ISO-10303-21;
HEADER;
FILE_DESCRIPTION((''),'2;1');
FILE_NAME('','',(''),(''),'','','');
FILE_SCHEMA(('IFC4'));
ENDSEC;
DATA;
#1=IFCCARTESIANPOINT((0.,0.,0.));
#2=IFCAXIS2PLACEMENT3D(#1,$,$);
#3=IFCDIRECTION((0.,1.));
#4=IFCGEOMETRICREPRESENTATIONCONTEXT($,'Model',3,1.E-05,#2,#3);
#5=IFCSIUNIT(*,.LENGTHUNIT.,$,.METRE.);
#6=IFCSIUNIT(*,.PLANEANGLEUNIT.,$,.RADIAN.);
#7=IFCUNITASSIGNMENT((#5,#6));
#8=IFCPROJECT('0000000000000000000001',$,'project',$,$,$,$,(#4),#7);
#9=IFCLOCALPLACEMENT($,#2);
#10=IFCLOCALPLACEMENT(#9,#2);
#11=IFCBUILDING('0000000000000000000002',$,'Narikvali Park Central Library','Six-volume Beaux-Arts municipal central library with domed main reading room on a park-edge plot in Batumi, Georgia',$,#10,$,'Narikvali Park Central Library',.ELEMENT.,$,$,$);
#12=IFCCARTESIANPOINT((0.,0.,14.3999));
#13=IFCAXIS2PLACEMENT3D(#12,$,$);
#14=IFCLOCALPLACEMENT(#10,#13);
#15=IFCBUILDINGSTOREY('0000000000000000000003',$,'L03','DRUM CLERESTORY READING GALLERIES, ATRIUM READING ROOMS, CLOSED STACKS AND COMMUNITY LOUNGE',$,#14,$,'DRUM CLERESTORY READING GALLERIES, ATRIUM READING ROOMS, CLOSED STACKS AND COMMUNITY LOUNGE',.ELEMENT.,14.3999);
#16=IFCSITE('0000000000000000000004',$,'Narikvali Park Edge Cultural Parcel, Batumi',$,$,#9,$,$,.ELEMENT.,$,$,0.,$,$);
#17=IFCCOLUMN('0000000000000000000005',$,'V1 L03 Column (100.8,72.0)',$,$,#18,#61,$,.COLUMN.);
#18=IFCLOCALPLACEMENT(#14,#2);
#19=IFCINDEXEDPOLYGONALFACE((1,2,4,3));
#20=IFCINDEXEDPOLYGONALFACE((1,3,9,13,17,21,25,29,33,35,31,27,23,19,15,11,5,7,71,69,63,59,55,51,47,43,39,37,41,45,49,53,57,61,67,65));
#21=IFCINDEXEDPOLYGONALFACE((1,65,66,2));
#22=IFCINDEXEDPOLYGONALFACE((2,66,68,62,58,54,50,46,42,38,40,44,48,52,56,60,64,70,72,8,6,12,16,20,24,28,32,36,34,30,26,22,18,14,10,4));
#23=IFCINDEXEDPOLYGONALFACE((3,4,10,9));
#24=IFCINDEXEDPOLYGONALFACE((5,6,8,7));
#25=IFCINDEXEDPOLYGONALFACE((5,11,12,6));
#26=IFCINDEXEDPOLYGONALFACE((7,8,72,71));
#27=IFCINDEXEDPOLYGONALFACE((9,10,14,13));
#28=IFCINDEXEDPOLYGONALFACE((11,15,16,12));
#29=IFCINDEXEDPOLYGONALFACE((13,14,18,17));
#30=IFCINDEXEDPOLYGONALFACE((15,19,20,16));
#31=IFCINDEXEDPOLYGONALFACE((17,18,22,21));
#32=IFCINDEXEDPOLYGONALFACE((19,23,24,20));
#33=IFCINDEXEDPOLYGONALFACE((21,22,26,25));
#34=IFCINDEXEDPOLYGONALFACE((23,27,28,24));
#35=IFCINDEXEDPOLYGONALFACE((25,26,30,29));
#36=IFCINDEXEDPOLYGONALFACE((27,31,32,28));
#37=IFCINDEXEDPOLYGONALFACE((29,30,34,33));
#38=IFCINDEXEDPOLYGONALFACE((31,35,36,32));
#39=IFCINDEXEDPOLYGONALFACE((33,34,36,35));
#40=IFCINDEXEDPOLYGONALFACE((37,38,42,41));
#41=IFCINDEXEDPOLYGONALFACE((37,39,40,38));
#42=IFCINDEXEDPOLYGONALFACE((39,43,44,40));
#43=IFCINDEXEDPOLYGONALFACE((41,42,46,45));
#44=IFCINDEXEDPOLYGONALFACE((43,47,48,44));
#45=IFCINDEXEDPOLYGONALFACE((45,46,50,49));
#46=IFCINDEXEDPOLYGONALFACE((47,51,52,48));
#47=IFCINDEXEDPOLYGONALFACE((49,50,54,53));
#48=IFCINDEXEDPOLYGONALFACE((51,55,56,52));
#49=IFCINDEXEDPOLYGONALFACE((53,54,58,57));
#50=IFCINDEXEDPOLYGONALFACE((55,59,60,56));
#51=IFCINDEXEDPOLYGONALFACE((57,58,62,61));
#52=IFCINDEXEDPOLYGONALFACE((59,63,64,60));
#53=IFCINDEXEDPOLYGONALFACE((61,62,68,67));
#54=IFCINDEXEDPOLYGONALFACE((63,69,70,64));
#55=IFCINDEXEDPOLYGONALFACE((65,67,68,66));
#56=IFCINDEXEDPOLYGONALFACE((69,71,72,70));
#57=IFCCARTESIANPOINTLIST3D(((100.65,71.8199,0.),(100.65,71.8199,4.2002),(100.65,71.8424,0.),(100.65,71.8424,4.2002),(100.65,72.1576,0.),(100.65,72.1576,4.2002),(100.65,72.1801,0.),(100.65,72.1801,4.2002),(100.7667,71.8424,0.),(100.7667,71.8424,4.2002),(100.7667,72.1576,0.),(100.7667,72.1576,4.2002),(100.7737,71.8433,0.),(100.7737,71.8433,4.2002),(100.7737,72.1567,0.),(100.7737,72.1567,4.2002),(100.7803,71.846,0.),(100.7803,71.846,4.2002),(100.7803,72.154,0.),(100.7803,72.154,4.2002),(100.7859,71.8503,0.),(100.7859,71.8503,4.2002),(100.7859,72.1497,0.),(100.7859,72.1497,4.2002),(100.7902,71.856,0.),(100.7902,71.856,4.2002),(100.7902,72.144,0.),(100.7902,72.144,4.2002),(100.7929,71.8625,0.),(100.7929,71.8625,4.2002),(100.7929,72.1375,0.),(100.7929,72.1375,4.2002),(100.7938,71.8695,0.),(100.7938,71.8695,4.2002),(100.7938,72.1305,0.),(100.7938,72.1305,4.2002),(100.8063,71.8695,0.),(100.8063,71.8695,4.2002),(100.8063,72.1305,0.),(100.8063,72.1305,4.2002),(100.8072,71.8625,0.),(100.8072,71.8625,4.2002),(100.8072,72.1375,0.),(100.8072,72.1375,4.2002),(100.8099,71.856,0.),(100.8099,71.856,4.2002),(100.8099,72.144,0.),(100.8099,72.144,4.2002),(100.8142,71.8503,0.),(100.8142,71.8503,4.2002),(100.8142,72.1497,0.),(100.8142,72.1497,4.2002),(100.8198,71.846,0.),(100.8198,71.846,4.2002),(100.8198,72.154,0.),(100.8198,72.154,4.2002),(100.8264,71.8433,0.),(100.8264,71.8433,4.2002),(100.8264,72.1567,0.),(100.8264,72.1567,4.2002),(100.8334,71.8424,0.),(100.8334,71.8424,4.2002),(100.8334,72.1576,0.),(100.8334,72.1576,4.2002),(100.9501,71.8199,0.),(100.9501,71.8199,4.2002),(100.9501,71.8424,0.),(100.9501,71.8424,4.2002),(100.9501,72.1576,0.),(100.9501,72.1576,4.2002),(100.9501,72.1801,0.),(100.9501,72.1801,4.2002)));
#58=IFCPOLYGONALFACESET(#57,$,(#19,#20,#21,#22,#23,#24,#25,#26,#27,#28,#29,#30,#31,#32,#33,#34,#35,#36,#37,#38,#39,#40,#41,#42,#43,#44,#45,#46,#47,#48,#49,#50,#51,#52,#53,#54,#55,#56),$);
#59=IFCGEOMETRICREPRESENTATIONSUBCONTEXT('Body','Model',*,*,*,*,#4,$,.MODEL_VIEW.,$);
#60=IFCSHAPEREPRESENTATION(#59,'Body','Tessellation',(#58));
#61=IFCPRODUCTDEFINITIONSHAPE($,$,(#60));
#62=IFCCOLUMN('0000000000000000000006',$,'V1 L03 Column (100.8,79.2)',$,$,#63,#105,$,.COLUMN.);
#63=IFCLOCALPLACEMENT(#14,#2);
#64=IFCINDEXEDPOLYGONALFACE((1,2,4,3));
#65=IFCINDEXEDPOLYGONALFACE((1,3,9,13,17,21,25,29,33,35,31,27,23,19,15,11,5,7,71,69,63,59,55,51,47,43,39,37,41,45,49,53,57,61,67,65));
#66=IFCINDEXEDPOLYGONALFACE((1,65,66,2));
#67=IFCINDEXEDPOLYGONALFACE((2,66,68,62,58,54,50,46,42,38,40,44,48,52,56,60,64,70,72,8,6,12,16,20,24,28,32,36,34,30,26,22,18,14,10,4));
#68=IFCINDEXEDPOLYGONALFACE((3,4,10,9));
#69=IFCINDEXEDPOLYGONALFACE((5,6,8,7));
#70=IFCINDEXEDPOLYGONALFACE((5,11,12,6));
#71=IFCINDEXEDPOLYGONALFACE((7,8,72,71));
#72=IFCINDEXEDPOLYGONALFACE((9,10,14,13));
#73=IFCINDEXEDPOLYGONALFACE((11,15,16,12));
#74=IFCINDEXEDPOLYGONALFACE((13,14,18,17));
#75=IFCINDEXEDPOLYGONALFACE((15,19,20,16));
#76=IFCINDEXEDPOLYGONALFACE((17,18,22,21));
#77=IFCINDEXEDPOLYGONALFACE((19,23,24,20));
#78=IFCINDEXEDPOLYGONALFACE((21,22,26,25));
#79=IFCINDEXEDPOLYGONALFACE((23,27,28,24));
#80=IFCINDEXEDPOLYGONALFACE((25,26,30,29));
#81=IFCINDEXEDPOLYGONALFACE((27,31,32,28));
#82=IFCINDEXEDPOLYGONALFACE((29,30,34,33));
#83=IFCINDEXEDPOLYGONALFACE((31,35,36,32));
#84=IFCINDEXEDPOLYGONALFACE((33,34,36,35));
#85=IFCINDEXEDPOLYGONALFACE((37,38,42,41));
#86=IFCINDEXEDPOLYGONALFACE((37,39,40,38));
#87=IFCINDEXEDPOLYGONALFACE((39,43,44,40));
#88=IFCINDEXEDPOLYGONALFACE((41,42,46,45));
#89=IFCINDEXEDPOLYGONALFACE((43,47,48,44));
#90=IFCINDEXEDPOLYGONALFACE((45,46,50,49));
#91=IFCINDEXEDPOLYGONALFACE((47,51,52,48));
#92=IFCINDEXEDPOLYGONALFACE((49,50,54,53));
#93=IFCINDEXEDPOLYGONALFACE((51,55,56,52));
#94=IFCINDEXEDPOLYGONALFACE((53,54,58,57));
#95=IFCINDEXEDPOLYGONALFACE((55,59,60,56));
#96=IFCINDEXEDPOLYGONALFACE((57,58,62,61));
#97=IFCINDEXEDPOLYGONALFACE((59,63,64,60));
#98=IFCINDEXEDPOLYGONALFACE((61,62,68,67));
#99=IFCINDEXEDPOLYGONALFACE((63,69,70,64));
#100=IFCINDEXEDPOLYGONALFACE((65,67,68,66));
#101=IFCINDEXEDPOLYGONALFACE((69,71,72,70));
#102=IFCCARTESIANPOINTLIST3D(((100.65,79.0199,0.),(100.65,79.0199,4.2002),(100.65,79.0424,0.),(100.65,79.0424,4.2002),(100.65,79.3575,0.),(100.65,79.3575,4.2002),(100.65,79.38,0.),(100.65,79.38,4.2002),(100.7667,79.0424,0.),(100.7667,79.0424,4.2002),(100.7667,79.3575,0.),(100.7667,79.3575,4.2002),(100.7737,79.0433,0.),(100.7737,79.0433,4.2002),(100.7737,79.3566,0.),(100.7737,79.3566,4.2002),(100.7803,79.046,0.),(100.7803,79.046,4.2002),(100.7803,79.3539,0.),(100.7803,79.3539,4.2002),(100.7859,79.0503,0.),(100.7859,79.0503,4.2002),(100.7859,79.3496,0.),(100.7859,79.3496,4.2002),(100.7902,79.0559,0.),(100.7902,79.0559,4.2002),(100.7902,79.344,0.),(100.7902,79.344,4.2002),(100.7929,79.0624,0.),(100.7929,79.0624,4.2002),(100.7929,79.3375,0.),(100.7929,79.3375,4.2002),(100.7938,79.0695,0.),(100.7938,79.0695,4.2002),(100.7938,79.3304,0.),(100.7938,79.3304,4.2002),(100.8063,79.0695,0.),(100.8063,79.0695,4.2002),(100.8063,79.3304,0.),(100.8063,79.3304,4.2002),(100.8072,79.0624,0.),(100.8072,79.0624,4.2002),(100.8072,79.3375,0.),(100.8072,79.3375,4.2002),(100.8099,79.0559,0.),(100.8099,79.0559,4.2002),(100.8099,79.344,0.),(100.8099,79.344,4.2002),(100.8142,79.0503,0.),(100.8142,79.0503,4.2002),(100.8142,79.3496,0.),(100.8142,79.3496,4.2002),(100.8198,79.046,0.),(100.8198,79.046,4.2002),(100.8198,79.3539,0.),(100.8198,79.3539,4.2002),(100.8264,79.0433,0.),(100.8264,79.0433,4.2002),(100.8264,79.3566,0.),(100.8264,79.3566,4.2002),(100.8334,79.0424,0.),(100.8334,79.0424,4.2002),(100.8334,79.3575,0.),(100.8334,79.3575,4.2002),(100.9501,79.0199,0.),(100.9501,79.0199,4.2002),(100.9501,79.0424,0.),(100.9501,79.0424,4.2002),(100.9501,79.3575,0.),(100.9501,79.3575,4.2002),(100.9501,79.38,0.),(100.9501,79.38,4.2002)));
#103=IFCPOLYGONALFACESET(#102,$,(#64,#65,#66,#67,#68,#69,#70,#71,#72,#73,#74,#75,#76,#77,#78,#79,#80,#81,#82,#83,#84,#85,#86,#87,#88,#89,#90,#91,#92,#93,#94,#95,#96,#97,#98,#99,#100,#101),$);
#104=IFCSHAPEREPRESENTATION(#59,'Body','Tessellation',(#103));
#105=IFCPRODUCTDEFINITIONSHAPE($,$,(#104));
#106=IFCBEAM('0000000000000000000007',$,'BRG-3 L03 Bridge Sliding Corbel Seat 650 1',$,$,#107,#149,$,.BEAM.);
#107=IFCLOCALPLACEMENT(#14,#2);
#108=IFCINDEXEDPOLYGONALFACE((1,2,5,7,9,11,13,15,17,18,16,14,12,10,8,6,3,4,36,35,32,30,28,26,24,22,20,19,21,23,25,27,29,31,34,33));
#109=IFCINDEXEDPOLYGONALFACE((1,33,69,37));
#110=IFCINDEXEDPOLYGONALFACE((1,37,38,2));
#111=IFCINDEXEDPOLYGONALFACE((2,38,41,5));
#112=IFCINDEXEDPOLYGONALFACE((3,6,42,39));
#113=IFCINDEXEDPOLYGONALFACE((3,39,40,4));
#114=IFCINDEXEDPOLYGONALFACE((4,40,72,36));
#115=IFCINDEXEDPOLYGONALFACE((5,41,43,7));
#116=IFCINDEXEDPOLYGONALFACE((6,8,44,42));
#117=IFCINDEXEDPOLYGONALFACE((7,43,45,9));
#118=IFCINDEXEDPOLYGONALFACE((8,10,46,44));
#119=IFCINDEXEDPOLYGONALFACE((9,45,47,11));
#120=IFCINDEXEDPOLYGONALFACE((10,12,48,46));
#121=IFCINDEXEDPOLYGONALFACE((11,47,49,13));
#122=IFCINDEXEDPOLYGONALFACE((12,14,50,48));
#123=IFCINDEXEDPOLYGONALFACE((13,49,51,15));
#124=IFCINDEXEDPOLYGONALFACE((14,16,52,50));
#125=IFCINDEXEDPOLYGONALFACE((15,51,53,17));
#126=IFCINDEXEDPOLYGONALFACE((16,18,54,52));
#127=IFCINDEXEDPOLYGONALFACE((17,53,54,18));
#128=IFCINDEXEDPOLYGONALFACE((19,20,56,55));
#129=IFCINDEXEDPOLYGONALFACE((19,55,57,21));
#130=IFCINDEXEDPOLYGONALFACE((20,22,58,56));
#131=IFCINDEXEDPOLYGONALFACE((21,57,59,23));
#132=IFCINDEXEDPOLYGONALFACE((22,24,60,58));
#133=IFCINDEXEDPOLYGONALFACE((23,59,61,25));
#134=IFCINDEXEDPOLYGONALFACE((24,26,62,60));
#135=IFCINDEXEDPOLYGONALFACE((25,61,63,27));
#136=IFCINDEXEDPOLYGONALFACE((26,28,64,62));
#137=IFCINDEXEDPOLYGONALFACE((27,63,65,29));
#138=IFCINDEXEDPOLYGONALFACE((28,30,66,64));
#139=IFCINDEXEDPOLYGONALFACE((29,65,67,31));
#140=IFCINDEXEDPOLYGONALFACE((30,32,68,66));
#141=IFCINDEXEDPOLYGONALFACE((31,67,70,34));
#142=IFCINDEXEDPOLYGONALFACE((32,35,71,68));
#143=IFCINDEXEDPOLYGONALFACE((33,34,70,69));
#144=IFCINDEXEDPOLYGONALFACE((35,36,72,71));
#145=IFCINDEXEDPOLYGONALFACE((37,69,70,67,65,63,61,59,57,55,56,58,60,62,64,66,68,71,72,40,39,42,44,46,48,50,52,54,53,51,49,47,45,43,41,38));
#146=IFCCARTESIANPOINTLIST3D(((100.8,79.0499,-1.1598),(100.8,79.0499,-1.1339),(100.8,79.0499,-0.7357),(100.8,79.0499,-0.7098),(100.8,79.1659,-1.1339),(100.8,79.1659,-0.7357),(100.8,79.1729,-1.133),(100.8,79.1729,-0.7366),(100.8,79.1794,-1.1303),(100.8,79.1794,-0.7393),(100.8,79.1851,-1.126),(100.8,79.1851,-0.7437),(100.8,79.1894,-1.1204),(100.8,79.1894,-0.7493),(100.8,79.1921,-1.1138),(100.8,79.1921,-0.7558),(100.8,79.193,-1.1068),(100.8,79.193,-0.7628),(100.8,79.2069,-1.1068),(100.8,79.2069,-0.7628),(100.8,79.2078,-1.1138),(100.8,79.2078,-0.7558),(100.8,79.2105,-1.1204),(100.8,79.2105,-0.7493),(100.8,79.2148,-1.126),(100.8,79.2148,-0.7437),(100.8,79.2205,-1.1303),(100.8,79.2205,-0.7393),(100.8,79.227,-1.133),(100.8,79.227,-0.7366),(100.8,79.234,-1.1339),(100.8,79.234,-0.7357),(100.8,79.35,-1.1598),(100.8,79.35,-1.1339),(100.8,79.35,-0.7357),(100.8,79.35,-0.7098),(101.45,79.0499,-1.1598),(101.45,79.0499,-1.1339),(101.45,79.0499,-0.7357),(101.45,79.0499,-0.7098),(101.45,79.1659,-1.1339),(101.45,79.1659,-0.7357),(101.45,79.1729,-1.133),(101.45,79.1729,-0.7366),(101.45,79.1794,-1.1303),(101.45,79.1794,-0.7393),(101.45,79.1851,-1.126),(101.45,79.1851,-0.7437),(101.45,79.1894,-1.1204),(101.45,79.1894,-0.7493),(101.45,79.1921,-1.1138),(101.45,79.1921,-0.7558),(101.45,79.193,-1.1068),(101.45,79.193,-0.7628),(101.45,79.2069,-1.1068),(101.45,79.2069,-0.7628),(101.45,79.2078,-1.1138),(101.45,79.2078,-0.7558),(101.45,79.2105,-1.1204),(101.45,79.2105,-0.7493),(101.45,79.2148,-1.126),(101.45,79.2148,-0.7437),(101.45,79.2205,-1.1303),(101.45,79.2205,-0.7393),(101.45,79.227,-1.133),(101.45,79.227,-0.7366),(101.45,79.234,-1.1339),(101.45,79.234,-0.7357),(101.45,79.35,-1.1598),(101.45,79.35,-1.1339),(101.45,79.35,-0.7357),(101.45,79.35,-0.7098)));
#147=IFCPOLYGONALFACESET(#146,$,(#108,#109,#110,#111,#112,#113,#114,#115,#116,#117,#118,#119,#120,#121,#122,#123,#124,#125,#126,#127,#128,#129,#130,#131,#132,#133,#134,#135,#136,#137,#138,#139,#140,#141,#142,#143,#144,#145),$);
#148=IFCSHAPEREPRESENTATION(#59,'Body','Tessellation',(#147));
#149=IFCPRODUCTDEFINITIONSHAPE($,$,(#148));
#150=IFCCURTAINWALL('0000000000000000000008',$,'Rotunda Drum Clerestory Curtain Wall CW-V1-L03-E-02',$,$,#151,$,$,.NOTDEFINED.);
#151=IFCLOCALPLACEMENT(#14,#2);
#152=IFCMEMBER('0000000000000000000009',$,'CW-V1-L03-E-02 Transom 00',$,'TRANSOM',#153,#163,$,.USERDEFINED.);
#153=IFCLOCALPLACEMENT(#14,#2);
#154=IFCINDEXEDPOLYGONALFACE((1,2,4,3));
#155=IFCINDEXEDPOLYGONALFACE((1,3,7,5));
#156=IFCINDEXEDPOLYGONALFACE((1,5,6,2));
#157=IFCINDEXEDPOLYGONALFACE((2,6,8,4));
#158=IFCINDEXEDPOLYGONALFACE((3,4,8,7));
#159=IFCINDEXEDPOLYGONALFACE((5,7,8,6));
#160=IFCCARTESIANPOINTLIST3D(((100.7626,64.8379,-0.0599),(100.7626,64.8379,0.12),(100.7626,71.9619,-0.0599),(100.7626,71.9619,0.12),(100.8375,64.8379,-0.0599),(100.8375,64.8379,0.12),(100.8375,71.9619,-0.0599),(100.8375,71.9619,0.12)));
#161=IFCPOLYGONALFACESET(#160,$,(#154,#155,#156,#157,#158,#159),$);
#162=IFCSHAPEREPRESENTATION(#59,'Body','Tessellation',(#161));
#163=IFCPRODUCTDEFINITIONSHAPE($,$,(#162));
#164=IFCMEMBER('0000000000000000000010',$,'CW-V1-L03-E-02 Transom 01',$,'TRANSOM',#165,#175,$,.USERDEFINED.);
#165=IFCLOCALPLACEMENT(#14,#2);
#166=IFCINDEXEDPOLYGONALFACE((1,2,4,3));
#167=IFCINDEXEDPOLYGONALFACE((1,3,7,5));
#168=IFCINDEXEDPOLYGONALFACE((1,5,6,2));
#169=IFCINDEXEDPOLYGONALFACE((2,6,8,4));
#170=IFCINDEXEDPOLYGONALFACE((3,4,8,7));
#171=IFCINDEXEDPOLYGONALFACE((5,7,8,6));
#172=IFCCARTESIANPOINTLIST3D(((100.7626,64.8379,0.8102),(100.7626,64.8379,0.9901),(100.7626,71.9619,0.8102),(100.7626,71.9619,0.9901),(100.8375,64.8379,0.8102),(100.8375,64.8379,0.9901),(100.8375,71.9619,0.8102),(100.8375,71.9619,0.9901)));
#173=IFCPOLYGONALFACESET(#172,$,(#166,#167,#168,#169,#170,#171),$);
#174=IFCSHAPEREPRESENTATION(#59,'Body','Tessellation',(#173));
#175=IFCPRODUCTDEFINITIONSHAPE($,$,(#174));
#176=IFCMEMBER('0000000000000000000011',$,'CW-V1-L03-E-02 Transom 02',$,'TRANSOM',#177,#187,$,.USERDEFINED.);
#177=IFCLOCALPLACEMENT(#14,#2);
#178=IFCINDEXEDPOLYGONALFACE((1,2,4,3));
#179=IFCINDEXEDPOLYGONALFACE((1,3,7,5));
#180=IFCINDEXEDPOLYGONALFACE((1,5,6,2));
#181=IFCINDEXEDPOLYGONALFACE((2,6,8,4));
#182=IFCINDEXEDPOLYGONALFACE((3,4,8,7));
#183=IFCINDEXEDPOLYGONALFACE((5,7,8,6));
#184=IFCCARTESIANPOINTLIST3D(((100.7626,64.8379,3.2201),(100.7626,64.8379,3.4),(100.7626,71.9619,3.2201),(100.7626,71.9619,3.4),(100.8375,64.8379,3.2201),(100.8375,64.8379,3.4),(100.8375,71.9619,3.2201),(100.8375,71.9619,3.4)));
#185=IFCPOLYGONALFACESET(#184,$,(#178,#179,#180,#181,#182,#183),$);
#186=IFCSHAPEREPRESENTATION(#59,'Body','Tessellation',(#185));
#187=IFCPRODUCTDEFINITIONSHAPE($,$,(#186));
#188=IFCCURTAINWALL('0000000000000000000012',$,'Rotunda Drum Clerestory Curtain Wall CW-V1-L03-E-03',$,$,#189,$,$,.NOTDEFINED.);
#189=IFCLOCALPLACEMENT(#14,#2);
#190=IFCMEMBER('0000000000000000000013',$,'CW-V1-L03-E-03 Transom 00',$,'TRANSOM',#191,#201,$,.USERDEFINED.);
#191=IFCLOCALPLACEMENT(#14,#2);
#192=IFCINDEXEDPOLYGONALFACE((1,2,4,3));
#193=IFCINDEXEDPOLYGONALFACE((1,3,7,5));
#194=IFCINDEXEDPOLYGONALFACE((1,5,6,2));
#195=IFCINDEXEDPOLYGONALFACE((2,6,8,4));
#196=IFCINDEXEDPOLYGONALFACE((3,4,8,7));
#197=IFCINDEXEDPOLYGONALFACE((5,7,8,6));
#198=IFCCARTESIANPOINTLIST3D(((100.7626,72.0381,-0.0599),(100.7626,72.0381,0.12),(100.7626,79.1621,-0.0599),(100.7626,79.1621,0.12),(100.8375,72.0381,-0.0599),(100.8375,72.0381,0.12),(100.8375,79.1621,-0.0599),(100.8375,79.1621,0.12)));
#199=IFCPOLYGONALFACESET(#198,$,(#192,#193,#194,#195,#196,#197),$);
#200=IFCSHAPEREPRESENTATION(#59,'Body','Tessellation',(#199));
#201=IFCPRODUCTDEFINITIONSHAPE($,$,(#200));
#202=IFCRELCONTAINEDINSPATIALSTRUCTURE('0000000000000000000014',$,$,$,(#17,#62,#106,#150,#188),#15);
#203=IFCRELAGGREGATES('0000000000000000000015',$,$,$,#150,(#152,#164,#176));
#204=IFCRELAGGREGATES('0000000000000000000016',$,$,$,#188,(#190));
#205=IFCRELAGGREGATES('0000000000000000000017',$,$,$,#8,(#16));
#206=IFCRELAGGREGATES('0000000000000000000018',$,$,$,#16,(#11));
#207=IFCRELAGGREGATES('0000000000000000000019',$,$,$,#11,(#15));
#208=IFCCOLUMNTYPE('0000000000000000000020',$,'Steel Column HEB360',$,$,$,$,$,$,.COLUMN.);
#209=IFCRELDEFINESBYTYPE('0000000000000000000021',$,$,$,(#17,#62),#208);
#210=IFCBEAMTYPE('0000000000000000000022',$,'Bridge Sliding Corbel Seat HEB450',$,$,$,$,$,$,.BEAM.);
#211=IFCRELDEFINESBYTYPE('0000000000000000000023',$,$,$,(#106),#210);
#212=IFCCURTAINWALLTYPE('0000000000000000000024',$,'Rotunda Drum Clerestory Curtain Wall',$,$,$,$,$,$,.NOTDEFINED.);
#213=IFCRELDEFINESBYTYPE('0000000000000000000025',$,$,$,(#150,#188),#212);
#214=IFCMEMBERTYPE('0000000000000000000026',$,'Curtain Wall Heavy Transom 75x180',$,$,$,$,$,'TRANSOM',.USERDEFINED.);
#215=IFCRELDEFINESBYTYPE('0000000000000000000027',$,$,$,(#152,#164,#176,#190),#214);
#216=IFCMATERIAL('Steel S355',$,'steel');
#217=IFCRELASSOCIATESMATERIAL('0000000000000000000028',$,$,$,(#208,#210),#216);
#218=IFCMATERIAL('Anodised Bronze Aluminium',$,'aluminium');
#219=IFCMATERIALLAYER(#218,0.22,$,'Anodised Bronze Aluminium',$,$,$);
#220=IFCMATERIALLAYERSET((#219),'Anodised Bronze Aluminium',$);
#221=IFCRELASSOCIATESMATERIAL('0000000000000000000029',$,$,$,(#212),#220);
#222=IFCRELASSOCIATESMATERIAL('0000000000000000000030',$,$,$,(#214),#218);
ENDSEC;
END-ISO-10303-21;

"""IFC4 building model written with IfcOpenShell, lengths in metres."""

from ifc_helpers import new_model, si_unit, direction, frame, origin, origin_2d, place, context, subcontext, project, spatial, rectangle, i_section, extrude, material, layer, layer_set, material_profile, profile_set, type_object, element, aggregate, save


model = new_model("IFC4")

# Units and contexts
model_context = context("Model", 3, precision=1e-05, world=origin(), true_north=direction((0.0, 1.0)))
body_context = subcontext(model_context, "Body", "Model", "MODEL_VIEW")
ifc_project = project(units=[si_unit("LENGTHUNIT", "METRE"), si_unit("PLANEANGLEUNIT", "RADIAN")], contexts=[model_context])

# Site, building, storey
site_placement = place(None, origin())
site = spatial("IfcSite", under=ifc_project, at=site_placement, Name="Narikvali Park Edge Cultural Parcel, Batumi", CompositionType="ELEMENT", RefElevation=0.0)
building_placement = place(site_placement, origin())
building = spatial("IfcBuilding", under=site, at=building_placement, Name="Narikvali Park Central Library", Description="Six-volume Beaux-Arts municipal central library with domed main reading room on a park-edge plot in Batumi, Georgia", LongName="Narikvali Park Central Library", CompositionType="ELEMENT")
storey_placement = place(building_placement, frame((0.0, 0.0, 14.3999)))
storey = spatial("IfcBuildingStorey", under=building, at=storey_placement, Name="L03", Description="DRUM CLERESTORY READING GALLERIES, ATRIUM READING ROOMS, CLOSED STACKS AND COMMUNITY LOUNGE", LongName="DRUM CLERESTORY READING GALLERIES, ATRIUM READING ROOMS, CLOSED STACKS AND COMMUNITY LOUNGE", CompositionType="ELEMENT", Elevation=14.3999)

# Columns
ifc_material_1 = material(Name="Steel S355", Category="steel")
ifc_material_profile_1 = material_profile(ifc_material_1, i_section(OverallWidth=0.3, OverallDepth=0.3601, WebThickness=0.0125, FlangeThickness=0.0225, FilletRadius=0.0271, at=origin_2d()), Name="HEB 360")
ifc_profile_set_1 = profile_set([ifc_material_profile_1], Name="Steel S355")
column_type = type_object("IfcColumnType", Name="Steel Column HEB360", PredefinedType="COLUMN", material=ifc_profile_set_1)
for number, where, z_axis, x_axis, name in (
    (1, (100.8, 72.0, 0.0), (0.0, 0.0, 1.0), (1.0, 0.0, 0.0), "V1 L03 Column (100.8,72.0)"),
    (2, (100.8, 79.2, 0.0), (0.0, 0.0, 1.0), (1.0, 0.0, 0.0), "V1 L03 Column (100.8,79.2)"),
):
    element("IfcColumn", number, at=place(storey_placement, frame(where, z_axis=z_axis, x_axis=x_axis)), inside=storey, type_object=column_type, Name=name, PredefinedType="COLUMN", context=body_context, shape_type="SweptSolid", body=[
        extrude(i_section(OverallWidth=0.3, OverallDepth=0.3601, WebThickness=0.0125, FlangeThickness=0.0225, FilletRadius=0.0271, at=origin_2d()), origin(), (0.0, 0.0, 1.0), 4.2002),
    ])

# Beam
ifc_material_profile_2 = material_profile(ifc_material_1, i_section(OverallWidth=0.3, OverallDepth=0.45, WebThickness=0.0139, FlangeThickness=0.0259, FilletRadius=0.0271, at=origin_2d()), Name="HEB 450")
ifc_profile_set_2 = profile_set([ifc_material_profile_2], Name="Steel S355")
beam_type_1 = type_object("IfcBeamType", Name="Bridge Sliding Corbel Seat HEB450", PredefinedType="BEAM", material=ifc_profile_set_2)
beam_1_placement = place(storey_placement, frame((100.8, 79.2, -0.9348), z_axis=(1.0, 0.0, 0.0), x_axis=(0.0, 1.0, 0.0)))
element("IfcBeam", 3, at=beam_1_placement, inside=storey, type_object=beam_type_1, Name="BRG-3 L03 Bridge Sliding Corbel Seat 650 1", PredefinedType="BEAM", context=body_context, shape_type="SweptSolid", body=[
    extrude(i_section(OverallWidth=0.3, OverallDepth=0.45, WebThickness=0.0139, FlangeThickness=0.0259, FilletRadius=0.0271, at=origin_2d()), origin(), (0.0, 0.0, 1.0), 0.6499),
])

# Curtain walls, members
ifc_material_2 = material(Name="Anodised Bronze Aluminium", Category="aluminium")
ifc_layer_1 = layer(ifc_material_2, 0.22, Name="Anodised Bronze Aluminium")
ifc_layer_set_1 = layer_set([ifc_layer_1], Name="Anodised Bronze Aluminium")
curtain_wall_type = type_object("IfcCurtainWallType", Name="Rotunda Drum Clerestory Curtain Wall", PredefinedType="NOTDEFINED", material=ifc_layer_set_1)
curtain_wall_1_placement = place(storey_placement, origin())
curtain_wall_1 = element("IfcCurtainWall", 4, at=curtain_wall_1_placement, inside=storey, type_object=curtain_wall_type, Name="Rotunda Drum Clerestory Curtain Wall CW-V1-L03-E-02", PredefinedType="NOTDEFINED")
ifc_material_profile_3 = material_profile(ifc_material_2, rectangle(XDim=0.075, YDim=0.1799, at=origin_2d()), Name="CW TRANSOM 75x180")
ifc_profile_set_3 = profile_set([ifc_material_profile_3], Name="Anodised Bronze Aluminium")
member_type_1 = type_object("IfcMemberType", Name="Curtain Wall Heavy Transom 75x180", ElementType="TRANSOM", PredefinedType="USERDEFINED", material=ifc_profile_set_3)
member_1_placement = place(storey_placement, frame((100.8, 64.8379, 0.03), z_axis=(0.0, 1.0, 0.0), x_axis=(-1.0, 0.0, 0.0)))
member_1 = element("IfcMember", 5, at=member_1_placement, type_object=member_type_1, Name="CW-V1-L03-E-02 Transom 00", ObjectType="TRANSOM", PredefinedType="USERDEFINED", context=body_context, shape_type="SweptSolid", body=[
    extrude(rectangle(XDim=0.075, YDim=0.1799, at=origin_2d()), origin(), (0.0, 0.0, 1.0), 7.124),
])
member_2_placement = place(storey_placement, frame((100.8, 64.8379, 0.9001), z_axis=(0.0, 1.0, 0.0), x_axis=(-1.0, 0.0, 0.0)))
member_2 = element("IfcMember", 6, at=member_2_placement, type_object=member_type_1, Name="CW-V1-L03-E-02 Transom 01", ObjectType="TRANSOM", PredefinedType="USERDEFINED", context=body_context, shape_type="SweptSolid", body=[
    extrude(rectangle(XDim=0.075, YDim=0.1799, at=origin_2d()), origin(), (0.0, 0.0, 1.0), 7.124),
])
member_3_placement = place(storey_placement, frame((100.8, 64.8379, 3.3101), z_axis=(0.0, 1.0, 0.0), x_axis=(-1.0, 0.0, 0.0)))
member_3 = element("IfcMember", 7, at=member_3_placement, type_object=member_type_1, Name="CW-V1-L03-E-02 Transom 02", ObjectType="TRANSOM", PredefinedType="USERDEFINED", context=body_context, shape_type="SweptSolid", body=[
    extrude(rectangle(XDim=0.075, YDim=0.1799, at=origin_2d()), origin(), (0.0, 0.0, 1.0), 7.124),
])
curtain_wall_2_placement = place(storey_placement, origin())
curtain_wall_2 = element("IfcCurtainWall", 8, at=curtain_wall_2_placement, inside=storey, type_object=curtain_wall_type, Name="Rotunda Drum Clerestory Curtain Wall CW-V1-L03-E-03", PredefinedType="NOTDEFINED")
member_4_placement = place(storey_placement, frame((100.8, 72.0381, 0.03), z_axis=(0.0, 1.0, 0.0), x_axis=(-1.0, 0.0, 0.0)))
member_4 = element("IfcMember", 9, at=member_4_placement, type_object=member_type_1, Name="CW-V1-L03-E-03 Transom 00", ObjectType="TRANSOM", PredefinedType="USERDEFINED", context=body_context, shape_type="SweptSolid", body=[
    extrude(rectangle(XDim=0.075, YDim=0.1799, at=origin_2d()), origin(), (0.0, 0.0, 1.0), 7.124),
])

aggregate(curtain_wall_1, [member_1, member_2, member_3])
aggregate(curtain_wall_2, [member_4])

save(model, "model.ifc")
